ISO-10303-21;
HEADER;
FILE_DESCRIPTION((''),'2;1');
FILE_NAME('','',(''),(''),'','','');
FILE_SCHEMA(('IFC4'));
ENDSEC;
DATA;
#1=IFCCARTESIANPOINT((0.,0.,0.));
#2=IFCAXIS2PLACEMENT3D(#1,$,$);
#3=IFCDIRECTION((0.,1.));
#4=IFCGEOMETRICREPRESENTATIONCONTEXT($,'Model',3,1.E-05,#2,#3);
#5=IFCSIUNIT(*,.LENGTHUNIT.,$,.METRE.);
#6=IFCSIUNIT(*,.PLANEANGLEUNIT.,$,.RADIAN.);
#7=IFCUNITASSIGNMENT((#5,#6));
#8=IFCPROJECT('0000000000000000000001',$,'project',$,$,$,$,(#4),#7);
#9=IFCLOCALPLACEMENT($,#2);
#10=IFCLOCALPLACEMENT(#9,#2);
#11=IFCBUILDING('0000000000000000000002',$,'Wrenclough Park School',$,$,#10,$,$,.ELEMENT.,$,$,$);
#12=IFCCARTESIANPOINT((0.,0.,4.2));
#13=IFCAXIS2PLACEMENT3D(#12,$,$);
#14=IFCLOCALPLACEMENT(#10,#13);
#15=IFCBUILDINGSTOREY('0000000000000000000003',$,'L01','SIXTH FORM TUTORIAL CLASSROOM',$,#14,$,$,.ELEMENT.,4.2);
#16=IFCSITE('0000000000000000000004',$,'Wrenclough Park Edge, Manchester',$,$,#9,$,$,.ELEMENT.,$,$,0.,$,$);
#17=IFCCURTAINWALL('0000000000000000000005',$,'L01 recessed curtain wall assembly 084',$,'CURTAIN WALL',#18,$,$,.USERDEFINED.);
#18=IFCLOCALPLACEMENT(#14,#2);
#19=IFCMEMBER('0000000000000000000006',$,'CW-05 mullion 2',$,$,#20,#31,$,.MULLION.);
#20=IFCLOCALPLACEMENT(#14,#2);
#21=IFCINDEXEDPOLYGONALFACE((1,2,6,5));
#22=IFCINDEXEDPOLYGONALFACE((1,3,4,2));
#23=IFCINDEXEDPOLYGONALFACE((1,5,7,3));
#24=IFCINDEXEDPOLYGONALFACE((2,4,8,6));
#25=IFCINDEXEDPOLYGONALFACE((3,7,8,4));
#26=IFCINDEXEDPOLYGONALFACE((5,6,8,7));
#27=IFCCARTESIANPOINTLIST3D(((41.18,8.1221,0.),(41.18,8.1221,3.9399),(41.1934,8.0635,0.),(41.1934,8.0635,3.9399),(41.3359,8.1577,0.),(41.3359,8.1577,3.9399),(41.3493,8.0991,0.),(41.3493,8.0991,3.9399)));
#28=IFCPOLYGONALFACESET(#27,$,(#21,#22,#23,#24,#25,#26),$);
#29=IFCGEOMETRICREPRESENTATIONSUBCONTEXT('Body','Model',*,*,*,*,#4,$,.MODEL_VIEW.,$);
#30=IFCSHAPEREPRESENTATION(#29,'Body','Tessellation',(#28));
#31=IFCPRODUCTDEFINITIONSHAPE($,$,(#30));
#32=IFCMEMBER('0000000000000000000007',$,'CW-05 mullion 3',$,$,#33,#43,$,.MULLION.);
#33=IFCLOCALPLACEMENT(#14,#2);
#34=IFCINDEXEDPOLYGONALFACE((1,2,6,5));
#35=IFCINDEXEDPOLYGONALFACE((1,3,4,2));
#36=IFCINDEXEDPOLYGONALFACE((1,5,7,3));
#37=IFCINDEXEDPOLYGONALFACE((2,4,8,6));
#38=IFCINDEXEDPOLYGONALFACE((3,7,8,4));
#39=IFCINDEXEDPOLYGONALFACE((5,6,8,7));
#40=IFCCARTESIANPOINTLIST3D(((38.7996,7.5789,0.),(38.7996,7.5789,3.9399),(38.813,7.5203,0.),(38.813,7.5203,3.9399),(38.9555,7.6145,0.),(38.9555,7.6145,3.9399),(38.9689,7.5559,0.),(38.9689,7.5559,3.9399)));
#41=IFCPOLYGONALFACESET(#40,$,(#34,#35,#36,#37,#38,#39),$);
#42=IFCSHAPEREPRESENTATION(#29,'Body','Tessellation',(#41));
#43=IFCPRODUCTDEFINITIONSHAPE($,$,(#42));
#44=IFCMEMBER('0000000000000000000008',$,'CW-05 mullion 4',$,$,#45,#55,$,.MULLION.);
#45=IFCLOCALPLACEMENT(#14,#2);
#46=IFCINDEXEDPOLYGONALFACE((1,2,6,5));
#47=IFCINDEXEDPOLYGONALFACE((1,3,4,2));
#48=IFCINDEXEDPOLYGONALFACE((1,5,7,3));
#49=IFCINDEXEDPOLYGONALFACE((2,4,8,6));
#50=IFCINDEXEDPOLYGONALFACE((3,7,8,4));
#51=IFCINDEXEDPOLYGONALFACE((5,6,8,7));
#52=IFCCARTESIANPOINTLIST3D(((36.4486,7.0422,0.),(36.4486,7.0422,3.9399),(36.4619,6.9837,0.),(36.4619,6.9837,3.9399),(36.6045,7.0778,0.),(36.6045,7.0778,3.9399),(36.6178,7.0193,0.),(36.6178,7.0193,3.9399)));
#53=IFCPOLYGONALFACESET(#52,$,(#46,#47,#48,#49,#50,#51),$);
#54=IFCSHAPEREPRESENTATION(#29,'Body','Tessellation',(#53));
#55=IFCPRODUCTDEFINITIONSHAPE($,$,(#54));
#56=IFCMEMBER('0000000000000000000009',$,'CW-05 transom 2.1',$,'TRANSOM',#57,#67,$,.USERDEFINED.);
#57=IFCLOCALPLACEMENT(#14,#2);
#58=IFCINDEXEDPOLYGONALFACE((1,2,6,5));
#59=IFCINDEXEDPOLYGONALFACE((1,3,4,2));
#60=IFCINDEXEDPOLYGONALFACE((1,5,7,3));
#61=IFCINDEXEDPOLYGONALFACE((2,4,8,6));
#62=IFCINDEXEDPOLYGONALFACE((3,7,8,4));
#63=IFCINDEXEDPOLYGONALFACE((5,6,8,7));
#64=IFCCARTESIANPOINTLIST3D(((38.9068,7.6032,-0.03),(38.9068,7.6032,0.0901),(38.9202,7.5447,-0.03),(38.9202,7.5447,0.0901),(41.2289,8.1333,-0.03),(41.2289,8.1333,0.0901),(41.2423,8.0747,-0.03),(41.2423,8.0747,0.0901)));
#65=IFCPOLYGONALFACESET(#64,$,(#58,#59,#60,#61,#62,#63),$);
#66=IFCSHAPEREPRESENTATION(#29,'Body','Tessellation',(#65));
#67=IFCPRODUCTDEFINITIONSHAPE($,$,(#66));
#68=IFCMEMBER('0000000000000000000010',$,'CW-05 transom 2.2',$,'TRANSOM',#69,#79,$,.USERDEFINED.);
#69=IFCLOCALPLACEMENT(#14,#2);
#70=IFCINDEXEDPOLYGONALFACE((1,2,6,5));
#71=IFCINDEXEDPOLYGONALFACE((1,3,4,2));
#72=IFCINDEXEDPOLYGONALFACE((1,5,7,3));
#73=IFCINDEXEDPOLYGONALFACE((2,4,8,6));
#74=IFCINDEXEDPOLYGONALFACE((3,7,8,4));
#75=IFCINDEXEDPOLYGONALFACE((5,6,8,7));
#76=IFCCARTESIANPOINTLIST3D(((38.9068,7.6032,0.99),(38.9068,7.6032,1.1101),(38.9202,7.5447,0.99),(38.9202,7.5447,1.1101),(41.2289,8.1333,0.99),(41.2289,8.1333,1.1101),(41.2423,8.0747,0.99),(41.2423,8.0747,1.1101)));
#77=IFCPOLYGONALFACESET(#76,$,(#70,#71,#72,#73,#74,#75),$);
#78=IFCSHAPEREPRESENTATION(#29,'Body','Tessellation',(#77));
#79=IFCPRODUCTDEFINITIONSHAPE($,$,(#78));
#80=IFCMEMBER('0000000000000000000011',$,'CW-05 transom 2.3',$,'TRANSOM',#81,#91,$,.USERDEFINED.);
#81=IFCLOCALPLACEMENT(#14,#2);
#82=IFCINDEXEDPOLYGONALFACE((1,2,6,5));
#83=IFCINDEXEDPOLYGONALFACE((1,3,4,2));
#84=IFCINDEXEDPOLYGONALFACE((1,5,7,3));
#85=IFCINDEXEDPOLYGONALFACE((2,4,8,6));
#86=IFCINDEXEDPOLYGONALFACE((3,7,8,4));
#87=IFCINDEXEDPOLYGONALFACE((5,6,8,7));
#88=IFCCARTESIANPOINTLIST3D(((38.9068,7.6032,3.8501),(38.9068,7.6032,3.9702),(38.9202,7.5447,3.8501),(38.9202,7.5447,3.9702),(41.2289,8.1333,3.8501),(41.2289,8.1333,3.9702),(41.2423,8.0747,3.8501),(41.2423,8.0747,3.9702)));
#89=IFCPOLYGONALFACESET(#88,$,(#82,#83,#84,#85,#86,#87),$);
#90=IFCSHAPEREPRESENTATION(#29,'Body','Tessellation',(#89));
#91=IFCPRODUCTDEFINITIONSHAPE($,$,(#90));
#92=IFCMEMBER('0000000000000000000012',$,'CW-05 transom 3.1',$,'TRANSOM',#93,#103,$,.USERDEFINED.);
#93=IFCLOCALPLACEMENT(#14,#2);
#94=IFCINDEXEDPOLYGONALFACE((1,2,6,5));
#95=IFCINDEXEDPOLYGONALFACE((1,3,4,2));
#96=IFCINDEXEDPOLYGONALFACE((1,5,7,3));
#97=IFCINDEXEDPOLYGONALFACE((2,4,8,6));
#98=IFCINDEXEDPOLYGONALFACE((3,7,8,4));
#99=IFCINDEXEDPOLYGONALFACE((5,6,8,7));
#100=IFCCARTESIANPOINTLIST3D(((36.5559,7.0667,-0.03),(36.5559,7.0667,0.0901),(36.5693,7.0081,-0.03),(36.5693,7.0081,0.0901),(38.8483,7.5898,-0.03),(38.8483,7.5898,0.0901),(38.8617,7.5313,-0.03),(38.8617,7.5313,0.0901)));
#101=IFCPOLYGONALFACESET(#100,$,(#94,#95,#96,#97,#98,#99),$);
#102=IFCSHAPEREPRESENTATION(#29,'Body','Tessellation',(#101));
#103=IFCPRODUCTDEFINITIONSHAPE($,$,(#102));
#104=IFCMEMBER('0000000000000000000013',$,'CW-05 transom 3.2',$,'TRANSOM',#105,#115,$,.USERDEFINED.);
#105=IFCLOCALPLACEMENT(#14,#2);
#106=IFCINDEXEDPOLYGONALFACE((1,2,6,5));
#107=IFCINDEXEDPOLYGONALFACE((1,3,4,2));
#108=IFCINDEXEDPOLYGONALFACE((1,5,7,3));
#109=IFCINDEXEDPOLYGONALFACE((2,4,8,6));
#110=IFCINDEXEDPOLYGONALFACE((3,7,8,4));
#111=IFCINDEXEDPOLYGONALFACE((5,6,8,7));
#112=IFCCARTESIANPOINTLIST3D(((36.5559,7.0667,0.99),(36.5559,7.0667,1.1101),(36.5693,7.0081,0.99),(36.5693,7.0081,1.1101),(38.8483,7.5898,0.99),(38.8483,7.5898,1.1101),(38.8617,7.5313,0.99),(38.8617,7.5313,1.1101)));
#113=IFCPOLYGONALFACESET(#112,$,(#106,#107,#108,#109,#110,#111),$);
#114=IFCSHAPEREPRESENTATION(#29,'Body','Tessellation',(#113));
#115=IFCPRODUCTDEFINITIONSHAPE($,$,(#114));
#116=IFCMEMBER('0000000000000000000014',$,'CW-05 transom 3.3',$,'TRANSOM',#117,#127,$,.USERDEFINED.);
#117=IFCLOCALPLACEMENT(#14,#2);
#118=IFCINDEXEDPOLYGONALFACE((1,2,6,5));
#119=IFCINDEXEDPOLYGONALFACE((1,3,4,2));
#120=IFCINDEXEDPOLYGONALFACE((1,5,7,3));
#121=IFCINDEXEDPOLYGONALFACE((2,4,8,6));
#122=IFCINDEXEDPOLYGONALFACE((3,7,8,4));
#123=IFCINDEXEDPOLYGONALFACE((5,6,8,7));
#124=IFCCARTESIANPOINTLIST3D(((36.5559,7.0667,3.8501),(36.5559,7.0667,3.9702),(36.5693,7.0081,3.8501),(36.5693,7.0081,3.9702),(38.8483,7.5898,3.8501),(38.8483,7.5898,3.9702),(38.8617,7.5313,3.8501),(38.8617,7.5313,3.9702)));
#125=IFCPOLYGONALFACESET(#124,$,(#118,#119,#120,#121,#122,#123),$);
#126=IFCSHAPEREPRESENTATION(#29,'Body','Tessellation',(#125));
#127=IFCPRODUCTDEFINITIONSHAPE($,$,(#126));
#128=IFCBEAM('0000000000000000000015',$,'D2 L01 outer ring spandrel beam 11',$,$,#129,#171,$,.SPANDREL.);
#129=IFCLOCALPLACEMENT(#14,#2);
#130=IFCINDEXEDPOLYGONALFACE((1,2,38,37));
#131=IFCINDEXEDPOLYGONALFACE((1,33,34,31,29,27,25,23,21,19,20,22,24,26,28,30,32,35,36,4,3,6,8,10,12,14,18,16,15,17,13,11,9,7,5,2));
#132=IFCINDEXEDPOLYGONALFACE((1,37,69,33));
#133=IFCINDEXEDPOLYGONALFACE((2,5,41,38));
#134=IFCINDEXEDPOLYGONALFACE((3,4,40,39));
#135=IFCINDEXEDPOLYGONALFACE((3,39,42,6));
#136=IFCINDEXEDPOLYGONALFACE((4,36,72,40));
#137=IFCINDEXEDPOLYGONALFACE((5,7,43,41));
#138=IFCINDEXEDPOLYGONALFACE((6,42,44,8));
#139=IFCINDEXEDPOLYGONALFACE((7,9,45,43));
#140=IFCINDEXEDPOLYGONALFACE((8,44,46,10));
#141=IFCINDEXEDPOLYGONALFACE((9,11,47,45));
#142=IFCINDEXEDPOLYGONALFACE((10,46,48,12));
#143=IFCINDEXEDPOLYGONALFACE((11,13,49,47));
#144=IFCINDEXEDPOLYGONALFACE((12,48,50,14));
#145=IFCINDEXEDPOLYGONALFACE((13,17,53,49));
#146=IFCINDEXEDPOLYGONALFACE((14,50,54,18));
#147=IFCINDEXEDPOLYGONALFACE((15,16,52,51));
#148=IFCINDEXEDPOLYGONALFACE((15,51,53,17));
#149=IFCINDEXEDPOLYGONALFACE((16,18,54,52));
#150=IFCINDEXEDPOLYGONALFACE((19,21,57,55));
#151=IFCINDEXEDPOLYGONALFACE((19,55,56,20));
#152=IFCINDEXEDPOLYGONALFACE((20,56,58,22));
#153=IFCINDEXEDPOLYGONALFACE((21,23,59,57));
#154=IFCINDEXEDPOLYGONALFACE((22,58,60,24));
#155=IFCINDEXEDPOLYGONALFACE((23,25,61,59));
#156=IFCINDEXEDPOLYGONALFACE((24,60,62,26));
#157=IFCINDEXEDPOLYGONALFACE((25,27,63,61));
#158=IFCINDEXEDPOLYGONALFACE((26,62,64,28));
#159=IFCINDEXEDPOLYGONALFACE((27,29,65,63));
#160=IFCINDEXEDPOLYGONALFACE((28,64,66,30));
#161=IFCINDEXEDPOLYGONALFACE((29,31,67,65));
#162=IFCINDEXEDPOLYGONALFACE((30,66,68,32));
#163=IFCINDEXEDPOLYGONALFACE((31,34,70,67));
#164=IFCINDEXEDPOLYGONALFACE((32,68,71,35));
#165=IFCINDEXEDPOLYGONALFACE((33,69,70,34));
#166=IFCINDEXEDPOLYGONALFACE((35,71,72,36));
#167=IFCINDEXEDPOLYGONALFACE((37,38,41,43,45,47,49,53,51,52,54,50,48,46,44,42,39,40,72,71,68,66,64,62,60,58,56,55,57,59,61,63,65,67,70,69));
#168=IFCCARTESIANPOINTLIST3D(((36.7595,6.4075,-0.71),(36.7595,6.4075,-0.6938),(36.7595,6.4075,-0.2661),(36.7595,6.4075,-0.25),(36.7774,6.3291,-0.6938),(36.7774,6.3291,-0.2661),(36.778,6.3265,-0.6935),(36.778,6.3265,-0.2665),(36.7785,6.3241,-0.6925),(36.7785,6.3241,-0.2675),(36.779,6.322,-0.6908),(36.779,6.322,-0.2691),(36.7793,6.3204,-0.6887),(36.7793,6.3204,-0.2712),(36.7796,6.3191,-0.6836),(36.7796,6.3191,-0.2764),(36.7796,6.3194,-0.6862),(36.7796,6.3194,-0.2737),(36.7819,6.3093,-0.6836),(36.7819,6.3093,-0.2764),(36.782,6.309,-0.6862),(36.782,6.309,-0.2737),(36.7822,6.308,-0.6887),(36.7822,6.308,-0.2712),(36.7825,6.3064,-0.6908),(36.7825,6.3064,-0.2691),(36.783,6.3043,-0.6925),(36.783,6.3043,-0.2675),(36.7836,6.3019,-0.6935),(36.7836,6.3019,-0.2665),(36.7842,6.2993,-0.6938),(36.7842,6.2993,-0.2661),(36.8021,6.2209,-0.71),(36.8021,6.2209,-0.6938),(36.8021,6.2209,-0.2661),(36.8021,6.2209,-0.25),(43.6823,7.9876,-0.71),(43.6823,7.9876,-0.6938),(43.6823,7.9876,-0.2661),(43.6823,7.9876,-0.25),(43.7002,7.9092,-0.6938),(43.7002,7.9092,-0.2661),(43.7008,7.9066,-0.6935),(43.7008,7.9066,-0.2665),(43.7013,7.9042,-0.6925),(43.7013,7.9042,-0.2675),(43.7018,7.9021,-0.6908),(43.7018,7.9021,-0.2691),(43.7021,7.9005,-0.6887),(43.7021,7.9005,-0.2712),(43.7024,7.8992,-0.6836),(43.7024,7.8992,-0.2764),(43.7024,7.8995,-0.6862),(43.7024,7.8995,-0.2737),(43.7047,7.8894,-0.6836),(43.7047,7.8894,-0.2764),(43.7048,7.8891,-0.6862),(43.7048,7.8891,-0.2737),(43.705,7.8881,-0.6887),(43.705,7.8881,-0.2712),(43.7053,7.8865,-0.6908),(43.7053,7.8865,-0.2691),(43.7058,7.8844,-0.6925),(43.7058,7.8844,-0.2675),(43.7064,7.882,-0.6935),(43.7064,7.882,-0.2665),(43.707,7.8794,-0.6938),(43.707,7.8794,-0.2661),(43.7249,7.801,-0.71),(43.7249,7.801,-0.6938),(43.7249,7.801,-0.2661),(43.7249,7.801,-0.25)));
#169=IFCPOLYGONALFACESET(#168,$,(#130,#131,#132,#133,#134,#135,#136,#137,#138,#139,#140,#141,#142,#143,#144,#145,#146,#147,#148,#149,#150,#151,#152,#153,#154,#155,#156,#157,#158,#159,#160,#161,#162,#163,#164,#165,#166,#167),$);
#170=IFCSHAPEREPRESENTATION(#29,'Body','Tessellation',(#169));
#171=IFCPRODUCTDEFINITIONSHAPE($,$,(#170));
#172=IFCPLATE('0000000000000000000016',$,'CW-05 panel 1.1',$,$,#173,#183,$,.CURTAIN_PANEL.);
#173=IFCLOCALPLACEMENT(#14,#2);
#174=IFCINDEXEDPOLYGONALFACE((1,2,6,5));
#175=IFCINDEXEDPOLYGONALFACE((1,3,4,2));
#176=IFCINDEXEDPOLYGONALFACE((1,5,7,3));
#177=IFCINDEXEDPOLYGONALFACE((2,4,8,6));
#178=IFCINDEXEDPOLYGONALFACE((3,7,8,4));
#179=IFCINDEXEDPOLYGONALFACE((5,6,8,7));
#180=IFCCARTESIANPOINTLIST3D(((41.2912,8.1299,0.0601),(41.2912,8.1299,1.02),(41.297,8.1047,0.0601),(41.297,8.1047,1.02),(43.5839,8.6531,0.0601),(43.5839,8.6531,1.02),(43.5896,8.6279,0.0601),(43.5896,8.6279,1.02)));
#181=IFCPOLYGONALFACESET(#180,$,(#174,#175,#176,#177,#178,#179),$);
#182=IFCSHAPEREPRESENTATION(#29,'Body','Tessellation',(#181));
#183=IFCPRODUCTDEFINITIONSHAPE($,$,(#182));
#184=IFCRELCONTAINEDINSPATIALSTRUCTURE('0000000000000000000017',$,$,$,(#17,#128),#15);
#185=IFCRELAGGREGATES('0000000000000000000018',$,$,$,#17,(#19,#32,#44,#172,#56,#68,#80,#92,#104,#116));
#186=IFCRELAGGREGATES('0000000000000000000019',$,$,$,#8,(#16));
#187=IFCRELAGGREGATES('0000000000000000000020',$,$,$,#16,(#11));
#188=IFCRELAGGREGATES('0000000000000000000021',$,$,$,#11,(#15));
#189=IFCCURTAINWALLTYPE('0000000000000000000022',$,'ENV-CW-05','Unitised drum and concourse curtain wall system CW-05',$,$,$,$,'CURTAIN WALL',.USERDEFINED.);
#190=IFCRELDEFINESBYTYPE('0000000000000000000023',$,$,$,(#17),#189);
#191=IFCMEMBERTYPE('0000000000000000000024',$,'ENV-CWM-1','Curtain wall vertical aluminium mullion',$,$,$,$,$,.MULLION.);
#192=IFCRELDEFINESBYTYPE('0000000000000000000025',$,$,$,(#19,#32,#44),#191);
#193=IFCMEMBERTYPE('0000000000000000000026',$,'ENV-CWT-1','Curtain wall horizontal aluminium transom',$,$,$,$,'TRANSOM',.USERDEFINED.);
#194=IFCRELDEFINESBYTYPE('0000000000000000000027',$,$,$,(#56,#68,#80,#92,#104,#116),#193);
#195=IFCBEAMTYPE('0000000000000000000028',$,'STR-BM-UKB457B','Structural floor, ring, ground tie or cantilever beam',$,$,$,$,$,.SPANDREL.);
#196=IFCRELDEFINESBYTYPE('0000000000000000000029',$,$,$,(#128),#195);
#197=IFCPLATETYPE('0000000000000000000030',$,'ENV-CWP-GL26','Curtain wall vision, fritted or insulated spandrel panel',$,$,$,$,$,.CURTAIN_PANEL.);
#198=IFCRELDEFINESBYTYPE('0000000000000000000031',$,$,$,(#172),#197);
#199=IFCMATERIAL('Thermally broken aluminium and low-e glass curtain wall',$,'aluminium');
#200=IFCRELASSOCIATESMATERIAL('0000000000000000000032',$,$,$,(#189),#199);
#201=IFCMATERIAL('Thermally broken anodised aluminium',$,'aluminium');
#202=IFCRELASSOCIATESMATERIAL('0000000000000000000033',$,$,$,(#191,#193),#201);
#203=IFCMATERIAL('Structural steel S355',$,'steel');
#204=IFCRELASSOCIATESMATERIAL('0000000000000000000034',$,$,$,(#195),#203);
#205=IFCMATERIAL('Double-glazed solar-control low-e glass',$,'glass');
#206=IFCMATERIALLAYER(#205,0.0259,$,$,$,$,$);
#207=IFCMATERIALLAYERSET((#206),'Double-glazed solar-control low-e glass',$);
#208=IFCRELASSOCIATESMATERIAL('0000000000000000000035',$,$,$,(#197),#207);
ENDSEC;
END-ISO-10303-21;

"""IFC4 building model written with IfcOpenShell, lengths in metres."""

from ifc_helpers import new_model, si_unit, direction, frame, origin, origin_2d, place, context, subcontext, project, spatial, rectangle, i_section, extrude, material, layer, layer_set, material_profile, profile_set, type_object, element, aggregate, save


model = new_model("IFC4")

# Units and contexts
model_context = context("Model", 3, precision=1e-05, world=origin(), true_north=direction((0.0, 1.0)))
body_context = subcontext(model_context, "Body", "Model", "MODEL_VIEW")
ifc_project = project(units=[si_unit("LENGTHUNIT", "METRE"), si_unit("PLANEANGLEUNIT", "RADIAN")], contexts=[model_context])

# Site, building, storey
site_placement = place(None, origin())
site = spatial("IfcSite", under=ifc_project, at=site_placement, Name="Wrenclough Park Edge, Manchester", CompositionType="ELEMENT", RefElevation=0.0)
building_placement = place(site_placement, origin())
building = spatial("IfcBuilding", under=site, at=building_placement, Name="Wrenclough Park School", CompositionType="ELEMENT")
storey_placement = place(building_placement, frame((0.0, 0.0, 4.2)))
storey = spatial("IfcBuildingStorey", under=building, at=storey_placement, Name="L01", Description="SIXTH FORM TUTORIAL CLASSROOM", CompositionType="ELEMENT", Elevation=4.2)

# Curtain wall, members
ifc_material_1 = material(Name="Thermally broken aluminium and low-e glass curtain wall", Category="aluminium")
curtain_wall_type = type_object("IfcCurtainWallType", Name="ENV-CW-05", Description="Unitised drum and concourse curtain wall system CW-05", ElementType="CURTAIN WALL", PredefinedType="USERDEFINED", material=ifc_material_1)
curtain_wall_placement = place(storey_placement, origin())
curtain_wall = element("IfcCurtainWall", 1, at=curtain_wall_placement, inside=storey, type_object=curtain_wall_type, Name="L01 recessed curtain wall assembly 084", ObjectType="CURTAIN WALL", PredefinedType="USERDEFINED")
ifc_material_2 = material(Name="Thermally broken anodised aluminium", Category="aluminium")
ifc_material_profile_1 = material_profile(ifc_material_2, rectangle(XDim=0.0601, YDim=0.1599, at=origin_2d()), Name="AL MULLION 60x160")
ifc_profile_set_1 = profile_set([ifc_material_profile_1], Name="Thermally broken anodised aluminium")
member_type_1 = type_object("IfcMemberType", Name="ENV-CWM-1", Description="Curtain wall vertical aluminium mullion", PredefinedType="MULLION", material=ifc_profile_set_1)
member_1_placement = place(storey_placement, frame((41.2646, 8.1106, 0.0), z_axis=(0.0, 0.0, 1.0), x_axis=(0.222514, -0.97493, 0.0)))
member_1 = element("IfcMember", 2, at=member_1_placement, type_object=member_type_1, Name="CW-05 mullion 2", PredefinedType="MULLION", context=body_context, shape_type="SweptSolid", body=[
    extrude(rectangle(XDim=0.0601, YDim=0.1599, at=origin_2d()), origin(), (0.0, 0.0, 1.0), 3.9399),
])
member_2_placement = place(storey_placement, frame((38.8843, 7.5674, 0.0), z_axis=(0.0, 0.0, 1.0), x_axis=(0.222514, -0.97493, 0.0)))
member_2 = element("IfcMember", 3, at=member_2_placement, type_object=member_type_1, Name="CW-05 mullion 3", PredefinedType="MULLION", context=body_context, shape_type="SweptSolid", body=[
    extrude(rectangle(XDim=0.0601, YDim=0.1599, at=origin_2d()), origin(), (0.0, 0.0, 1.0), 3.9399),
])
member_3_placement = place(storey_placement, frame((36.5332, 7.0308, 0.0), z_axis=(0.0, 0.0, 1.0), x_axis=(0.222514, -0.97493, 0.0)))
member_3 = element("IfcMember", 4, at=member_3_placement, type_object=member_type_1, Name="CW-05 mullion 4", PredefinedType="MULLION", context=body_context, shape_type="SweptSolid", body=[
    extrude(rectangle(XDim=0.0601, YDim=0.1599, at=origin_2d()), origin(), (0.0, 0.0, 1.0), 3.9399),
])
ifc_material_profile_2 = material_profile(ifc_material_2, rectangle(XDim=0.0601, YDim=0.1201, at=origin_2d()), Name="AL TRANSOM 60x120")
ifc_profile_set_2 = profile_set([ifc_material_profile_2], Name="Thermally broken anodised aluminium")
member_type_2 = type_object("IfcMemberType", Name="ENV-CWT-1", Description="Curtain wall horizontal aluminium transom", ElementType="TRANSOM", PredefinedType="USERDEFINED", material=ifc_profile_set_2)
member_4_placement = place(storey_placement, frame((41.2356, 8.104, 0.03), z_axis=(-0.974924, -0.222538, 0.0), x_axis=(0.222538, -0.974924, 0.0)))
member_4 = element("IfcMember", 5, at=member_4_placement, type_object=member_type_2, Name="CW-05 transom 2.1", ObjectType="TRANSOM", PredefinedType="USERDEFINED", context=body_context, shape_type="SweptSolid", body=[
    extrude(rectangle(XDim=0.0601, YDim=0.1201, at=origin_2d()), origin(), (0.0, 0.0, 1.0), 2.3818),
])
member_5_placement = place(storey_placement, frame((41.2356, 8.104, 1.05), z_axis=(-0.974924, -0.222538, 0.0), x_axis=(0.222538, -0.974924, 0.0)))
member_5 = element("IfcMember", 6, at=member_5_placement, type_object=member_type_2, Name="CW-05 transom 2.2", ObjectType="TRANSOM", PredefinedType="USERDEFINED", context=body_context, shape_type="SweptSolid", body=[
    extrude(rectangle(XDim=0.0601, YDim=0.1201, at=origin_2d()), origin(), (0.0, 0.0, 1.0), 2.3818),
])
member_6_placement = place(storey_placement, frame((41.2356, 8.104, 3.9102), z_axis=(-0.974924, -0.222538, 0.0), x_axis=(0.222538, -0.974924, 0.0)))
member_6 = element("IfcMember", 7, at=member_6_placement, type_object=member_type_2, Name="CW-05 transom 2.3", ObjectType="TRANSOM", PredefinedType="USERDEFINED", context=body_context, shape_type="SweptSolid", body=[
    extrude(rectangle(XDim=0.0601, YDim=0.1201, at=origin_2d()), origin(), (0.0, 0.0, 1.0), 2.3818),
])
member_7_placement = place(storey_placement, frame((38.855, 7.5605, 0.03), z_axis=(-0.974933, -0.222501, 0.0), x_axis=(0.222501, -0.974933, 0.0)))
member_7 = element("IfcMember", 8, at=member_7_placement, type_object=member_type_2, Name="CW-05 transom 3.1", ObjectType="TRANSOM", PredefinedType="USERDEFINED", context=body_context, shape_type="SweptSolid", body=[
    extrude(rectangle(XDim=0.0601, YDim=0.1201, at=origin_2d()), origin(), (0.0, 0.0, 1.0), 2.3513),
])
member_8_placement = place(storey_placement, frame((38.855, 7.5605, 1.05), z_axis=(-0.974933, -0.222501, 0.0), x_axis=(0.222501, -0.974933, 0.0)))
member_8 = element("IfcMember", 9, at=member_8_placement, type_object=member_type_2, Name="CW-05 transom 3.2", ObjectType="TRANSOM", PredefinedType="USERDEFINED", context=body_context, shape_type="SweptSolid", body=[
    extrude(rectangle(XDim=0.0601, YDim=0.1201, at=origin_2d()), origin(), (0.0, 0.0, 1.0), 2.3513),
])
member_9_placement = place(storey_placement, frame((38.855, 7.5605, 3.9102), z_axis=(-0.974933, -0.222501, 0.0), x_axis=(0.222501, -0.974933, 0.0)))
member_9 = element("IfcMember", 10, at=member_9_placement, type_object=member_type_2, Name="CW-05 transom 3.3", ObjectType="TRANSOM", PredefinedType="USERDEFINED", context=body_context, shape_type="SweptSolid", body=[
    extrude(rectangle(XDim=0.0601, YDim=0.1201, at=origin_2d()), origin(), (0.0, 0.0, 1.0), 2.3513),
])

# Beam
ifc_material_3 = material(Name="Structural steel S355", Category="steel")
ifc_material_profile_3 = material_profile(ifc_material_3, i_section(OverallWidth=0.1914, OverallDepth=0.46, WebThickness=0.01, FlangeThickness=0.0161, FilletRadius=0.0103, at=origin_2d()), Name="UKB 457x191x82")
ifc_profile_set_3 = profile_set([ifc_material_profile_3], Name="Structural steel S355")
beam_type = type_object("IfcBeamType", Name="STR-BM-UKB457B", Description="Structural floor, ring, ground tie or cantilever beam", PredefinedType="SPANDREL", material=ifc_profile_set_3)
beam_placement = place(storey_placement, frame((36.7808, 6.3142, -0.48), z_axis=(0.974928, 0.222519, 0.0), x_axis=(-0.222519, 0.974928, 0.0)))
element("IfcBeam", 11, at=beam_placement, inside=storey, type_object=beam_type, Name="D2 L01 outer ring spandrel beam 11", PredefinedType="SPANDREL", context=body_context, shape_type="SweptSolid", body=[
    extrude(i_section(OverallWidth=0.1914, OverallDepth=0.46, WebThickness=0.01, FlangeThickness=0.0161, FilletRadius=0.0103, at=origin_2d()), origin(), (0.0, 0.0, 1.0), 7.1008),
])

# Plate
ifc_material_4 = material(Name="Double-glazed solar-control low-e glass", Category="glass")
ifc_layer_1 = layer(ifc_material_4, 0.0259)
ifc_layer_set_1 = layer_set([ifc_layer_1], Name="Double-glazed solar-control low-e glass")
plate_type_1 = type_object("IfcPlateType", Name="ENV-CWP-GL26", Description="Curtain wall vision, fritted or insulated spandrel panel", PredefinedType="CURTAIN_PANEL", material=ifc_layer_set_1)
plate_1_placement = place(storey_placement, frame((42.4404, 8.3789, 0.0601), z_axis=(0.0, 0.0, 1.0), x_axis=(-0.97493, -0.222514, 0.0)))
plate_1 = element("IfcPlate", 12, at=plate_1_placement, type_object=plate_type_1, Name="CW-05 panel 1.1", PredefinedType="CURTAIN_PANEL", context=body_context, shape_type="SweptSolid", body=[
    extrude(rectangle(XDim=2.3516, YDim=0.0259, at=origin_2d()), origin(), (0.0, 0.0, 1.0), 0.96),
])
aggregate(curtain_wall, [member_1, member_2, member_3, plate_1, member_4, member_5, member_6, member_7, member_8, member_9])

save(model, "model.ifc")
